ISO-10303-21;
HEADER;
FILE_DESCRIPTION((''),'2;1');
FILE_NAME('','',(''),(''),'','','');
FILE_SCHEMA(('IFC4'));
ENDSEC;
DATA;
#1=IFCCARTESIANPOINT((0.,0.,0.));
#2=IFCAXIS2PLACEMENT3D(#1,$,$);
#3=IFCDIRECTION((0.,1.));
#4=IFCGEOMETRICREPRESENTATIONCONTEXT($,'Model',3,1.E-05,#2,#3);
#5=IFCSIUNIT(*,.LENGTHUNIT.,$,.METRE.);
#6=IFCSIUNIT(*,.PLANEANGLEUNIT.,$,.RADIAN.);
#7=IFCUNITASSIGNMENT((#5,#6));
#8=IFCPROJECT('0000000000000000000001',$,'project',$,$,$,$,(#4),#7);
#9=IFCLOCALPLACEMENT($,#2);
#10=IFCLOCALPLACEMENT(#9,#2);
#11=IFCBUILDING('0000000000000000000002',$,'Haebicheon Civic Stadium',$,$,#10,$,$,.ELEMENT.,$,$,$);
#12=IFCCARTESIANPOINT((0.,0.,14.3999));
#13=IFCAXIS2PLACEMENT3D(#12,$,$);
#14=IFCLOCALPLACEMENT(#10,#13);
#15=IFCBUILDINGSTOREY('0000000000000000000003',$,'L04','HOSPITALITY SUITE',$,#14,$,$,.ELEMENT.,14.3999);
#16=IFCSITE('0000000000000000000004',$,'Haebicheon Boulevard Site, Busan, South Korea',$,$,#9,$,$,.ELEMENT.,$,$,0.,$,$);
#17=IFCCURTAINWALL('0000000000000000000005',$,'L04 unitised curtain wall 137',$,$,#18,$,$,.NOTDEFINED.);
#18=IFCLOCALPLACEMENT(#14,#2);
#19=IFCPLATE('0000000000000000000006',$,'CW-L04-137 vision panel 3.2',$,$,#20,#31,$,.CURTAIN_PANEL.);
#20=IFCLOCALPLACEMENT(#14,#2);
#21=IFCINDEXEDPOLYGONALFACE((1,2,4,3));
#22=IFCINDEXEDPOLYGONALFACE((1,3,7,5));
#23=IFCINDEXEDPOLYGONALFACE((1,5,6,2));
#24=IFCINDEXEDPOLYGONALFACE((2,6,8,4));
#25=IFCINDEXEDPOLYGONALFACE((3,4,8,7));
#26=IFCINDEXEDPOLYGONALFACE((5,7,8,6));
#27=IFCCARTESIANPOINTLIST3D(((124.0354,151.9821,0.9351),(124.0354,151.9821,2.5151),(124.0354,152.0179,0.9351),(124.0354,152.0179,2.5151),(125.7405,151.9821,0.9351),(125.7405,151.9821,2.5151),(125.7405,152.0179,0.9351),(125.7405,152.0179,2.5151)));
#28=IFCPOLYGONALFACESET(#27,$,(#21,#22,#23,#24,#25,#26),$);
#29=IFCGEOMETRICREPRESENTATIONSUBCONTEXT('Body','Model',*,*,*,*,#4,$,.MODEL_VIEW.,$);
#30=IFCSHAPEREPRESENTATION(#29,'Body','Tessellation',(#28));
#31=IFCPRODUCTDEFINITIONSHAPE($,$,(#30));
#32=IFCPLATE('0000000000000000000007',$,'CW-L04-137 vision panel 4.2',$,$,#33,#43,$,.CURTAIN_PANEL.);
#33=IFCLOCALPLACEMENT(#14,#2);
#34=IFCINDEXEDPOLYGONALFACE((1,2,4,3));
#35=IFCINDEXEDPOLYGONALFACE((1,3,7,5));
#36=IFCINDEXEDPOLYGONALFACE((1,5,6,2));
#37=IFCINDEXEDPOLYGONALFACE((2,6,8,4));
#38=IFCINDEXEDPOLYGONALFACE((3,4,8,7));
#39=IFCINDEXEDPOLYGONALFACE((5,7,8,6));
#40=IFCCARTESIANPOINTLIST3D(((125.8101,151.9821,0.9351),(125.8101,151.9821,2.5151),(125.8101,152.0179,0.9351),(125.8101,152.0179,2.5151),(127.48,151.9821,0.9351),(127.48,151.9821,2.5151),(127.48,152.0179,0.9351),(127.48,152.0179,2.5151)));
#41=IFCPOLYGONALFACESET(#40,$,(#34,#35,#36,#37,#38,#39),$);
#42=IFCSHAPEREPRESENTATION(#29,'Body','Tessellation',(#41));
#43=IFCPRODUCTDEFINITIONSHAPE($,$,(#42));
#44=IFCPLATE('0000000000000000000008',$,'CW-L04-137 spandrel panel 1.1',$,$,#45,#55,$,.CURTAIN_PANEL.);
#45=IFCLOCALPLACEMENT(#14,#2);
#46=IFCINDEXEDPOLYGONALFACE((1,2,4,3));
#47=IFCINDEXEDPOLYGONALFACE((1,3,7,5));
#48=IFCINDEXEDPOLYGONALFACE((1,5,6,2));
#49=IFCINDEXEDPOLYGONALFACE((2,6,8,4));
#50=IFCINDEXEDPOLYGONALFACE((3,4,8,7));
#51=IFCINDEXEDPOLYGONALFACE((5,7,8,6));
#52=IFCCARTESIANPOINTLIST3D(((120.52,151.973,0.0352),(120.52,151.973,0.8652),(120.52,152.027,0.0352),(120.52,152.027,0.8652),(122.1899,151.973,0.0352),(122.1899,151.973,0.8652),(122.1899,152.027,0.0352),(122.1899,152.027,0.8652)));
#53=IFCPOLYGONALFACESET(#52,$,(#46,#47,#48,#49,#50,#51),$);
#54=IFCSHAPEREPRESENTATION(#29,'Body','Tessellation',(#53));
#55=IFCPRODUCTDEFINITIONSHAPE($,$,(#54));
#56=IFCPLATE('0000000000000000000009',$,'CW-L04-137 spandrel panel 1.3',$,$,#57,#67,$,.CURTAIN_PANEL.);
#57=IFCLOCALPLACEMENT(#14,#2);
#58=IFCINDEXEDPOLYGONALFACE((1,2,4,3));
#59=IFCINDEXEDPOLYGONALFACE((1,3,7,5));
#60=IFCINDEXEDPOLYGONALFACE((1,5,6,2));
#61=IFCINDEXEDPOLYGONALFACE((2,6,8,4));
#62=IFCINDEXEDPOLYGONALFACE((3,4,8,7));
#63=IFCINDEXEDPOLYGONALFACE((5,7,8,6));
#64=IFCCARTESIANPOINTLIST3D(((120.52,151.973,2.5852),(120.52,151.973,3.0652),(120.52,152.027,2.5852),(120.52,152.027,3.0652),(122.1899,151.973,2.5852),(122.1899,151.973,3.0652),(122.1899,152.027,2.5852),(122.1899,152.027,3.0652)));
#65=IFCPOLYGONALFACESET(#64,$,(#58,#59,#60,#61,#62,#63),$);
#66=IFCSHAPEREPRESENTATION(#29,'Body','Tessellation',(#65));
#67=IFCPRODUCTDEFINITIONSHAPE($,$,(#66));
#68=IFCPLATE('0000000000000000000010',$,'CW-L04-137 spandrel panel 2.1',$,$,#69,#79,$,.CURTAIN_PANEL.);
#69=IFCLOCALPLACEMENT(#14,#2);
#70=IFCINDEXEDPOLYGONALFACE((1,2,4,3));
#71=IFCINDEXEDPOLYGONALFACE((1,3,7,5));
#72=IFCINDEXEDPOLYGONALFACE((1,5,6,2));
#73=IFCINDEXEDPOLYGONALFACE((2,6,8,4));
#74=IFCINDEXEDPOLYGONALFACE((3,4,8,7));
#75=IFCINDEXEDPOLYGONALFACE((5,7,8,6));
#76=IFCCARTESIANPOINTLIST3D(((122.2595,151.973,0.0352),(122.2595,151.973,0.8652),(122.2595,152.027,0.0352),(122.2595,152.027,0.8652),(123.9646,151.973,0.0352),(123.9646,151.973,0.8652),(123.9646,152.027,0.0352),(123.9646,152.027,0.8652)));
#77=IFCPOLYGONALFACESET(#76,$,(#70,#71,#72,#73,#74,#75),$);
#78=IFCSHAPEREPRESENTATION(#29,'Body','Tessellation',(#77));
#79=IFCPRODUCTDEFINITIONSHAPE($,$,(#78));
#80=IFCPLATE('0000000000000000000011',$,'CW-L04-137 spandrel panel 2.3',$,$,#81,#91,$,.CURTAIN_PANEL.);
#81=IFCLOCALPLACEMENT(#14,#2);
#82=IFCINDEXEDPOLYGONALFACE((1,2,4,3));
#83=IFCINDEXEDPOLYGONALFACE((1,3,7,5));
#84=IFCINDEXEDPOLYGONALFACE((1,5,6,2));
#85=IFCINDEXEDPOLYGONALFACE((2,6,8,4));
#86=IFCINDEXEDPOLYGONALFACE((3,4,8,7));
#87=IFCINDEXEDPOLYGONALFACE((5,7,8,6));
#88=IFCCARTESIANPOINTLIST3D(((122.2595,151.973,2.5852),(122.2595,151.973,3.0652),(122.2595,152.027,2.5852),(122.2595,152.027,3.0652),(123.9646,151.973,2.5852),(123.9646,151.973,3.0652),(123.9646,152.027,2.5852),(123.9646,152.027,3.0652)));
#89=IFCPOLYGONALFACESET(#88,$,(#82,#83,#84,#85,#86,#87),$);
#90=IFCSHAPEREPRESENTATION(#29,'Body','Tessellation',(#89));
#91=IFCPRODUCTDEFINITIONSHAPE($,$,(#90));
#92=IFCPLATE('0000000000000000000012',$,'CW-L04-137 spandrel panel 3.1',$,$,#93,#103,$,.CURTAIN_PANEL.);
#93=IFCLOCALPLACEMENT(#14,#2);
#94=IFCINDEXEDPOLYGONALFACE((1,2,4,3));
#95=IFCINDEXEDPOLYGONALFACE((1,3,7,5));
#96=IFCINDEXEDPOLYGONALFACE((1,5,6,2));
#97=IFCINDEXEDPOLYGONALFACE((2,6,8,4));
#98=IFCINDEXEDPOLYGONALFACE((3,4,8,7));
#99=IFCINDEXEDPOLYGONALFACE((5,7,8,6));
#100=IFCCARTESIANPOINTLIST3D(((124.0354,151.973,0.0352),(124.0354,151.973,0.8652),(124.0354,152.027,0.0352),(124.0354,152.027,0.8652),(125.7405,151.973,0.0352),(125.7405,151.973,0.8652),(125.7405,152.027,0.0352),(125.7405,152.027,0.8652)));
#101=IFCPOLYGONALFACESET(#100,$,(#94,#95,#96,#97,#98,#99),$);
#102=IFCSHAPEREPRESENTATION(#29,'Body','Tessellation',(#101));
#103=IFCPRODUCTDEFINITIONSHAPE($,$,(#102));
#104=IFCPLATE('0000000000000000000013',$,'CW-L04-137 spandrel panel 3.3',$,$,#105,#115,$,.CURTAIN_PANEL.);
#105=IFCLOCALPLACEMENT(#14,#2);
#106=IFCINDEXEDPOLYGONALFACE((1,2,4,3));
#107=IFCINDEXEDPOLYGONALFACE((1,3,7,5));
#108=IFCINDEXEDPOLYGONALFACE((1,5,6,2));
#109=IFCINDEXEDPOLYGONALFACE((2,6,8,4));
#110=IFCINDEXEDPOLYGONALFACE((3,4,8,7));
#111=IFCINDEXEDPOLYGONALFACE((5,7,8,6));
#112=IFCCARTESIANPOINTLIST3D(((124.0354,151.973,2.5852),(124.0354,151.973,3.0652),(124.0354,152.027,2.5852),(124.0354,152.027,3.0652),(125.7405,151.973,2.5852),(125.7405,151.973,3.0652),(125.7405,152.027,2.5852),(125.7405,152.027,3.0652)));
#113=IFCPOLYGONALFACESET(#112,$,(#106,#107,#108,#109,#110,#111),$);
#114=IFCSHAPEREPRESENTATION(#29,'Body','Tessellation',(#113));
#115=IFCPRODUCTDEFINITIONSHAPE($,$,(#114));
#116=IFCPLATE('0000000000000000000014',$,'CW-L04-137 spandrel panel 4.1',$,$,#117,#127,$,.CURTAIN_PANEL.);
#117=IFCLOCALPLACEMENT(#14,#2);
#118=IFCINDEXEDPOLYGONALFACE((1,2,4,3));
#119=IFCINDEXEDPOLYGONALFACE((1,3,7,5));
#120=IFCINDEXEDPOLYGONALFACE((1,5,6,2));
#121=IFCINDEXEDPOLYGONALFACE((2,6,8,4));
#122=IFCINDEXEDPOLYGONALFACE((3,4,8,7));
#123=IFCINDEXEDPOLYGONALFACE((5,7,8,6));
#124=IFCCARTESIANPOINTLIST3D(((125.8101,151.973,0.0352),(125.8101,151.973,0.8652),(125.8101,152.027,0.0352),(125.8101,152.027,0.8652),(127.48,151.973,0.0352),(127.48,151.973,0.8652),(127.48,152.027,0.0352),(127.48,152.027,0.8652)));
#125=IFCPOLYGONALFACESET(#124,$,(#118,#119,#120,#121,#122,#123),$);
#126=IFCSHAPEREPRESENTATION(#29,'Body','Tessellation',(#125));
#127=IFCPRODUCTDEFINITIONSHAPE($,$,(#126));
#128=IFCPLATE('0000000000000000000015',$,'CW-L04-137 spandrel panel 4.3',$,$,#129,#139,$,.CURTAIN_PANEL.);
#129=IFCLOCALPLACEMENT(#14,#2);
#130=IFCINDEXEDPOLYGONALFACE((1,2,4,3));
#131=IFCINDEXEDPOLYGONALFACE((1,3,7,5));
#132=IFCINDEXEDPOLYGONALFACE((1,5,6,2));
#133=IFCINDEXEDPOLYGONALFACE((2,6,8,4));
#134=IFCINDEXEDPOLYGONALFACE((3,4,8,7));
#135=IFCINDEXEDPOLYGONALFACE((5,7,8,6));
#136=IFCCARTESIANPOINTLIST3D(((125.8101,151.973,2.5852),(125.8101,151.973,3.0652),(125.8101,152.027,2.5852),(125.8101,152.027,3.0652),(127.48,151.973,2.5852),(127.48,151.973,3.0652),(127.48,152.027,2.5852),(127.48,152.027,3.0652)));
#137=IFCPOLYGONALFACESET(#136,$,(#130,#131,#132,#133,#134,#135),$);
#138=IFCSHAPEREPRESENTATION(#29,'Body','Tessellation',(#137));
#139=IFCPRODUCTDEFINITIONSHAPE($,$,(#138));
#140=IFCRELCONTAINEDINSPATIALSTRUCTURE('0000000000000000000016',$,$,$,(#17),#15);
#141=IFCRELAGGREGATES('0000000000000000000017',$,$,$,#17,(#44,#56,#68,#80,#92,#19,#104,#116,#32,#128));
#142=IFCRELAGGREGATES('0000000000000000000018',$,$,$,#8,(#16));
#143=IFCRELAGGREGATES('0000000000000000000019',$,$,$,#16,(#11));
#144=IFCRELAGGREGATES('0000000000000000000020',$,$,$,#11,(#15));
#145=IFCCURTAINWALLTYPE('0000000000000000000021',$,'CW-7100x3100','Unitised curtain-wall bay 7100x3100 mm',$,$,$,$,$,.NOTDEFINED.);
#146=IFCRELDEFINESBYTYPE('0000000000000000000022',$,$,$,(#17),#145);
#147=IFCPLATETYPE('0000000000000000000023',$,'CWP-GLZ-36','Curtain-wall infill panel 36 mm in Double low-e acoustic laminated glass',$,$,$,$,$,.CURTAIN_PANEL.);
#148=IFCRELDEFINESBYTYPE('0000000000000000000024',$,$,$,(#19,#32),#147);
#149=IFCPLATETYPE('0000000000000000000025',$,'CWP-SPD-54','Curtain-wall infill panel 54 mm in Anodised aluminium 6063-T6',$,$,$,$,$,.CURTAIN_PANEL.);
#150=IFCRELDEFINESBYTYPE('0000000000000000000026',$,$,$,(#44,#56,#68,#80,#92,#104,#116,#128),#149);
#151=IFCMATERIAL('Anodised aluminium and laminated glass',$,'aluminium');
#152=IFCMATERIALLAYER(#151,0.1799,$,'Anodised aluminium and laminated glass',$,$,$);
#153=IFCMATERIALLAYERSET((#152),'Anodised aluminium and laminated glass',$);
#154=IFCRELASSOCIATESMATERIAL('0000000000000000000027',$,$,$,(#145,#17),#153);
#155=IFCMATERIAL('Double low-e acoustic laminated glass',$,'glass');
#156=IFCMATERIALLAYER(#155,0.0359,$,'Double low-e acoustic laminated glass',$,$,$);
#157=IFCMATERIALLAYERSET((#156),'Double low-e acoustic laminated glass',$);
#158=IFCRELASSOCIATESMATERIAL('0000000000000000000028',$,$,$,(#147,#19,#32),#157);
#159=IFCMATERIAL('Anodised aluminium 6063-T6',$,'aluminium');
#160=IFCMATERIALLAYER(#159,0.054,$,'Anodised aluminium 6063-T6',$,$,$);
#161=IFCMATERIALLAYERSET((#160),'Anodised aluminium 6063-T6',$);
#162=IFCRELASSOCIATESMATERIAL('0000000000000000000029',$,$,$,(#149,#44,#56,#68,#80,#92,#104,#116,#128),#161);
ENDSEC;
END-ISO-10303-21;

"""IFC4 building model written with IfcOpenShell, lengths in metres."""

from ifc_helpers import new_model, si_unit, direction, frame, origin, origin_2d, place, context, subcontext, project, spatial, rectangle, extrude, material, layer, layer_set, type_object, element, aggregate, save


model = new_model("IFC4")

# Units and contexts
model_context = context("Model", 3, precision=1e-05, world=origin(), true_north=direction((0.0, 1.0)))
body_context = subcontext(model_context, "Body", "Model", "MODEL_VIEW")
ifc_project = project(units=[si_unit("LENGTHUNIT", "METRE"), si_unit("PLANEANGLEUNIT", "RADIAN")], contexts=[model_context])

# Site, building, storey
site_placement = place(None, origin())
site = spatial("IfcSite", under=ifc_project, at=site_placement, Name="Haebicheon Boulevard Site, Busan, South Korea", CompositionType="ELEMENT", RefElevation=0.0)
building_placement = place(site_placement, origin())
building = spatial("IfcBuilding", under=site, at=building_placement, Name="Haebicheon Civic Stadium", CompositionType="ELEMENT")
storey_placement = place(building_placement, frame((0.0, 0.0, 14.3999)))
storey = spatial("IfcBuildingStorey", under=building, at=storey_placement, Name="L04", Description="HOSPITALITY SUITE", CompositionType="ELEMENT", Elevation=14.3999)

# Curtain wall, plates
ifc_material_1 = material(Name="Anodised aluminium and laminated glass", Category="aluminium")
ifc_layer_1 = layer(ifc_material_1, 0.1799, Name="Anodised aluminium and laminated glass")
ifc_layer_set_1 = layer_set([ifc_layer_1], Name="Anodised aluminium and laminated glass")
curtain_wall_type = type_object("IfcCurtainWallType", Name="CW-7100x3100", Description="Unitised curtain-wall bay 7100x3100 mm", PredefinedType="NOTDEFINED", material=ifc_layer_set_1)
curtain_wall_placement = place(storey_placement, origin())
curtain_wall = element("IfcCurtainWall", 1, at=curtain_wall_placement, inside=storey, type_object=curtain_wall_type, material=ifc_layer_set_1, Name="L04 unitised curtain wall 137", PredefinedType="NOTDEFINED")
ifc_material_2 = material(Name="Double low-e acoustic laminated glass", Category="glass")
ifc_layer_2 = layer(ifc_material_2, 0.0359, Name="Double low-e acoustic laminated glass")
ifc_layer_set_2 = layer_set([ifc_layer_2], Name="Double low-e acoustic laminated glass")
plate_type_1 = type_object("IfcPlateType", Name="CWP-GLZ-36", Description="Curtain-wall infill panel 36 mm in Double low-e acoustic laminated glass", PredefinedType="CURTAIN_PANEL", material=ifc_layer_set_2)
plate_1_placement = place(storey_placement, frame((124.8879, 152.0, 0.9351), z_axis=(0.0, 0.0, 1.0), x_axis=(1.0, 0.0, 0.0)))
plate_1 = element("IfcPlate", 2, at=plate_1_placement, type_object=plate_type_1, material=ifc_layer_set_2, Name="CW-L04-137 vision panel 3.2", PredefinedType="CURTAIN_PANEL", context=body_context, shape_type="SweptSolid", body=[
    extrude(rectangle(XDim=1.7051, YDim=0.0359, at=origin_2d()), origin(), (0.0, 0.0, 1.0), 1.5801),
])
plate_2_placement = place(storey_placement, frame((126.645, 152.0, 0.9351), z_axis=(0.0, 0.0, 1.0), x_axis=(1.0, 0.0, 0.0)))
plate_2 = element("IfcPlate", 3, at=plate_2_placement, type_object=plate_type_1, material=ifc_layer_set_2, Name="CW-L04-137 vision panel 4.2", PredefinedType="CURTAIN_PANEL", context=body_context, shape_type="SweptSolid", body=[
    extrude(rectangle(XDim=1.6699, YDim=0.0359, at=origin_2d()), origin(), (0.0, 0.0, 1.0), 1.5801),
])
ifc_material_3 = material(Name="Anodised aluminium 6063-T6", Category="aluminium")
ifc_layer_3 = layer(ifc_material_3, 0.054, Name="Anodised aluminium 6063-T6")
ifc_layer_set_3 = layer_set([ifc_layer_3], Name="Anodised aluminium 6063-T6")
plate_type_2 = type_object("IfcPlateType", Name="CWP-SPD-54", Description="Curtain-wall infill panel 54 mm in Anodised aluminium 6063-T6", PredefinedType="CURTAIN_PANEL", material=ifc_layer_set_3)
plate_3_placement = place(storey_placement, frame((121.355, 152.0, 0.0352), z_axis=(0.0, 0.0, 1.0), x_axis=(1.0, 0.0, 0.0)))
plate_3 = element("IfcPlate", 4, at=plate_3_placement, type_object=plate_type_2, material=ifc_layer_set_3, Name="CW-L04-137 spandrel panel 1.1", PredefinedType="CURTAIN_PANEL", context=body_context, shape_type="SweptSolid", body=[
    extrude(rectangle(XDim=1.6699, YDim=0.054, at=origin_2d()), origin(), (0.0, 0.0, 1.0), 0.8301),
])
plate_4_placement = place(storey_placement, frame((121.355, 152.0, 2.5852), z_axis=(0.0, 0.0, 1.0), x_axis=(1.0, 0.0, 0.0)))
plate_4 = element("IfcPlate", 5, at=plate_4_placement, type_object=plate_type_2, material=ifc_layer_set_3, Name="CW-L04-137 spandrel panel 1.3", PredefinedType="CURTAIN_PANEL", context=body_context, shape_type="SweptSolid", body=[
    extrude(rectangle(XDim=1.6699, YDim=0.054, at=origin_2d()), origin(), (0.0, 0.0, 1.0), 0.48),
])
plate_5_placement = place(storey_placement, frame((123.1121, 152.0, 0.0352), z_axis=(0.0, 0.0, 1.0), x_axis=(1.0, 0.0, 0.0)))
plate_5 = element("IfcPlate", 6, at=plate_5_placement, type_object=plate_type_2, material=ifc_layer_set_3, Name="CW-L04-137 spandrel panel 2.1", PredefinedType="CURTAIN_PANEL", context=body_context, shape_type="SweptSolid", body=[
    extrude(rectangle(XDim=1.7051, YDim=0.054, at=origin_2d()), origin(), (0.0, 0.0, 1.0), 0.8301),
])
plate_6_placement = place(storey_placement, frame((123.1121, 152.0, 2.5852), z_axis=(0.0, 0.0, 1.0), x_axis=(1.0, 0.0, 0.0)))
plate_6 = element("IfcPlate", 7, at=plate_6_placement, type_object=plate_type_2, material=ifc_layer_set_3, Name="CW-L04-137 spandrel panel 2.3", PredefinedType="CURTAIN_PANEL", context=body_context, shape_type="SweptSolid", body=[
    extrude(rectangle(XDim=1.7051, YDim=0.054, at=origin_2d()), origin(), (0.0, 0.0, 1.0), 0.48),
])
plate_7_placement = place(storey_placement, frame((124.8879, 152.0, 0.0352), z_axis=(0.0, 0.0, 1.0), x_axis=(1.0, 0.0, 0.0)))
plate_7 = element("IfcPlate", 8, at=plate_7_placement, type_object=plate_type_2, material=ifc_layer_set_3, Name="CW-L04-137 spandrel panel 3.1", PredefinedType="CURTAIN_PANEL", context=body_context, shape_type="SweptSolid", body=[
    extrude(rectangle(XDim=1.7051, YDim=0.054, at=origin_2d()), origin(), (0.0, 0.0, 1.0), 0.8301),
])
plate_8_placement = place(storey_placement, frame((124.8879, 152.0, 2.5852), z_axis=(0.0, 0.0, 1.0), x_axis=(1.0, 0.0, 0.0)))
plate_8 = element("IfcPlate", 9, at=plate_8_placement, type_object=plate_type_2, material=ifc_layer_set_3, Name="CW-L04-137 spandrel panel 3.3", PredefinedType="CURTAIN_PANEL", context=body_context, shape_type="SweptSolid", body=[
    extrude(rectangle(XDim=1.7051, YDim=0.054, at=origin_2d()), origin(), (0.0, 0.0, 1.0), 0.48),
])
plate_9_placement = place(storey_placement, frame((126.645, 152.0, 0.0352), z_axis=(0.0, 0.0, 1.0), x_axis=(1.0, 0.0, 0.0)))
plate_9 = element("IfcPlate", 10, at=plate_9_placement, type_object=plate_type_2, material=ifc_layer_set_3, Name="CW-L04-137 spandrel panel 4.1", PredefinedType="CURTAIN_PANEL", context=body_context, shape_type="SweptSolid", body=[
    extrude(rectangle(XDim=1.6699, YDim=0.054, at=origin_2d()), origin(), (0.0, 0.0, 1.0), 0.8301),
])
plate_10_placement = place(storey_placement, frame((126.645, 152.0, 2.5852), z_axis=(0.0, 0.0, 1.0), x_axis=(1.0, 0.0, 0.0)))
plate_10 = element("IfcPlate", 11, at=plate_10_placement, type_object=plate_type_2, material=ifc_layer_set_3, Name="CW-L04-137 spandrel panel 4.3", PredefinedType="CURTAIN_PANEL", context=body_context, shape_type="SweptSolid", body=[
    extrude(rectangle(XDim=1.6699, YDim=0.054, at=origin_2d()), origin(), (0.0, 0.0, 1.0), 0.48),
])
aggregate(curtain_wall, [plate_3, plate_4, plate_5, plate_6, plate_7, plate_1, plate_8, plate_9, plate_2, plate_10])

save(model, "model.ifc")
